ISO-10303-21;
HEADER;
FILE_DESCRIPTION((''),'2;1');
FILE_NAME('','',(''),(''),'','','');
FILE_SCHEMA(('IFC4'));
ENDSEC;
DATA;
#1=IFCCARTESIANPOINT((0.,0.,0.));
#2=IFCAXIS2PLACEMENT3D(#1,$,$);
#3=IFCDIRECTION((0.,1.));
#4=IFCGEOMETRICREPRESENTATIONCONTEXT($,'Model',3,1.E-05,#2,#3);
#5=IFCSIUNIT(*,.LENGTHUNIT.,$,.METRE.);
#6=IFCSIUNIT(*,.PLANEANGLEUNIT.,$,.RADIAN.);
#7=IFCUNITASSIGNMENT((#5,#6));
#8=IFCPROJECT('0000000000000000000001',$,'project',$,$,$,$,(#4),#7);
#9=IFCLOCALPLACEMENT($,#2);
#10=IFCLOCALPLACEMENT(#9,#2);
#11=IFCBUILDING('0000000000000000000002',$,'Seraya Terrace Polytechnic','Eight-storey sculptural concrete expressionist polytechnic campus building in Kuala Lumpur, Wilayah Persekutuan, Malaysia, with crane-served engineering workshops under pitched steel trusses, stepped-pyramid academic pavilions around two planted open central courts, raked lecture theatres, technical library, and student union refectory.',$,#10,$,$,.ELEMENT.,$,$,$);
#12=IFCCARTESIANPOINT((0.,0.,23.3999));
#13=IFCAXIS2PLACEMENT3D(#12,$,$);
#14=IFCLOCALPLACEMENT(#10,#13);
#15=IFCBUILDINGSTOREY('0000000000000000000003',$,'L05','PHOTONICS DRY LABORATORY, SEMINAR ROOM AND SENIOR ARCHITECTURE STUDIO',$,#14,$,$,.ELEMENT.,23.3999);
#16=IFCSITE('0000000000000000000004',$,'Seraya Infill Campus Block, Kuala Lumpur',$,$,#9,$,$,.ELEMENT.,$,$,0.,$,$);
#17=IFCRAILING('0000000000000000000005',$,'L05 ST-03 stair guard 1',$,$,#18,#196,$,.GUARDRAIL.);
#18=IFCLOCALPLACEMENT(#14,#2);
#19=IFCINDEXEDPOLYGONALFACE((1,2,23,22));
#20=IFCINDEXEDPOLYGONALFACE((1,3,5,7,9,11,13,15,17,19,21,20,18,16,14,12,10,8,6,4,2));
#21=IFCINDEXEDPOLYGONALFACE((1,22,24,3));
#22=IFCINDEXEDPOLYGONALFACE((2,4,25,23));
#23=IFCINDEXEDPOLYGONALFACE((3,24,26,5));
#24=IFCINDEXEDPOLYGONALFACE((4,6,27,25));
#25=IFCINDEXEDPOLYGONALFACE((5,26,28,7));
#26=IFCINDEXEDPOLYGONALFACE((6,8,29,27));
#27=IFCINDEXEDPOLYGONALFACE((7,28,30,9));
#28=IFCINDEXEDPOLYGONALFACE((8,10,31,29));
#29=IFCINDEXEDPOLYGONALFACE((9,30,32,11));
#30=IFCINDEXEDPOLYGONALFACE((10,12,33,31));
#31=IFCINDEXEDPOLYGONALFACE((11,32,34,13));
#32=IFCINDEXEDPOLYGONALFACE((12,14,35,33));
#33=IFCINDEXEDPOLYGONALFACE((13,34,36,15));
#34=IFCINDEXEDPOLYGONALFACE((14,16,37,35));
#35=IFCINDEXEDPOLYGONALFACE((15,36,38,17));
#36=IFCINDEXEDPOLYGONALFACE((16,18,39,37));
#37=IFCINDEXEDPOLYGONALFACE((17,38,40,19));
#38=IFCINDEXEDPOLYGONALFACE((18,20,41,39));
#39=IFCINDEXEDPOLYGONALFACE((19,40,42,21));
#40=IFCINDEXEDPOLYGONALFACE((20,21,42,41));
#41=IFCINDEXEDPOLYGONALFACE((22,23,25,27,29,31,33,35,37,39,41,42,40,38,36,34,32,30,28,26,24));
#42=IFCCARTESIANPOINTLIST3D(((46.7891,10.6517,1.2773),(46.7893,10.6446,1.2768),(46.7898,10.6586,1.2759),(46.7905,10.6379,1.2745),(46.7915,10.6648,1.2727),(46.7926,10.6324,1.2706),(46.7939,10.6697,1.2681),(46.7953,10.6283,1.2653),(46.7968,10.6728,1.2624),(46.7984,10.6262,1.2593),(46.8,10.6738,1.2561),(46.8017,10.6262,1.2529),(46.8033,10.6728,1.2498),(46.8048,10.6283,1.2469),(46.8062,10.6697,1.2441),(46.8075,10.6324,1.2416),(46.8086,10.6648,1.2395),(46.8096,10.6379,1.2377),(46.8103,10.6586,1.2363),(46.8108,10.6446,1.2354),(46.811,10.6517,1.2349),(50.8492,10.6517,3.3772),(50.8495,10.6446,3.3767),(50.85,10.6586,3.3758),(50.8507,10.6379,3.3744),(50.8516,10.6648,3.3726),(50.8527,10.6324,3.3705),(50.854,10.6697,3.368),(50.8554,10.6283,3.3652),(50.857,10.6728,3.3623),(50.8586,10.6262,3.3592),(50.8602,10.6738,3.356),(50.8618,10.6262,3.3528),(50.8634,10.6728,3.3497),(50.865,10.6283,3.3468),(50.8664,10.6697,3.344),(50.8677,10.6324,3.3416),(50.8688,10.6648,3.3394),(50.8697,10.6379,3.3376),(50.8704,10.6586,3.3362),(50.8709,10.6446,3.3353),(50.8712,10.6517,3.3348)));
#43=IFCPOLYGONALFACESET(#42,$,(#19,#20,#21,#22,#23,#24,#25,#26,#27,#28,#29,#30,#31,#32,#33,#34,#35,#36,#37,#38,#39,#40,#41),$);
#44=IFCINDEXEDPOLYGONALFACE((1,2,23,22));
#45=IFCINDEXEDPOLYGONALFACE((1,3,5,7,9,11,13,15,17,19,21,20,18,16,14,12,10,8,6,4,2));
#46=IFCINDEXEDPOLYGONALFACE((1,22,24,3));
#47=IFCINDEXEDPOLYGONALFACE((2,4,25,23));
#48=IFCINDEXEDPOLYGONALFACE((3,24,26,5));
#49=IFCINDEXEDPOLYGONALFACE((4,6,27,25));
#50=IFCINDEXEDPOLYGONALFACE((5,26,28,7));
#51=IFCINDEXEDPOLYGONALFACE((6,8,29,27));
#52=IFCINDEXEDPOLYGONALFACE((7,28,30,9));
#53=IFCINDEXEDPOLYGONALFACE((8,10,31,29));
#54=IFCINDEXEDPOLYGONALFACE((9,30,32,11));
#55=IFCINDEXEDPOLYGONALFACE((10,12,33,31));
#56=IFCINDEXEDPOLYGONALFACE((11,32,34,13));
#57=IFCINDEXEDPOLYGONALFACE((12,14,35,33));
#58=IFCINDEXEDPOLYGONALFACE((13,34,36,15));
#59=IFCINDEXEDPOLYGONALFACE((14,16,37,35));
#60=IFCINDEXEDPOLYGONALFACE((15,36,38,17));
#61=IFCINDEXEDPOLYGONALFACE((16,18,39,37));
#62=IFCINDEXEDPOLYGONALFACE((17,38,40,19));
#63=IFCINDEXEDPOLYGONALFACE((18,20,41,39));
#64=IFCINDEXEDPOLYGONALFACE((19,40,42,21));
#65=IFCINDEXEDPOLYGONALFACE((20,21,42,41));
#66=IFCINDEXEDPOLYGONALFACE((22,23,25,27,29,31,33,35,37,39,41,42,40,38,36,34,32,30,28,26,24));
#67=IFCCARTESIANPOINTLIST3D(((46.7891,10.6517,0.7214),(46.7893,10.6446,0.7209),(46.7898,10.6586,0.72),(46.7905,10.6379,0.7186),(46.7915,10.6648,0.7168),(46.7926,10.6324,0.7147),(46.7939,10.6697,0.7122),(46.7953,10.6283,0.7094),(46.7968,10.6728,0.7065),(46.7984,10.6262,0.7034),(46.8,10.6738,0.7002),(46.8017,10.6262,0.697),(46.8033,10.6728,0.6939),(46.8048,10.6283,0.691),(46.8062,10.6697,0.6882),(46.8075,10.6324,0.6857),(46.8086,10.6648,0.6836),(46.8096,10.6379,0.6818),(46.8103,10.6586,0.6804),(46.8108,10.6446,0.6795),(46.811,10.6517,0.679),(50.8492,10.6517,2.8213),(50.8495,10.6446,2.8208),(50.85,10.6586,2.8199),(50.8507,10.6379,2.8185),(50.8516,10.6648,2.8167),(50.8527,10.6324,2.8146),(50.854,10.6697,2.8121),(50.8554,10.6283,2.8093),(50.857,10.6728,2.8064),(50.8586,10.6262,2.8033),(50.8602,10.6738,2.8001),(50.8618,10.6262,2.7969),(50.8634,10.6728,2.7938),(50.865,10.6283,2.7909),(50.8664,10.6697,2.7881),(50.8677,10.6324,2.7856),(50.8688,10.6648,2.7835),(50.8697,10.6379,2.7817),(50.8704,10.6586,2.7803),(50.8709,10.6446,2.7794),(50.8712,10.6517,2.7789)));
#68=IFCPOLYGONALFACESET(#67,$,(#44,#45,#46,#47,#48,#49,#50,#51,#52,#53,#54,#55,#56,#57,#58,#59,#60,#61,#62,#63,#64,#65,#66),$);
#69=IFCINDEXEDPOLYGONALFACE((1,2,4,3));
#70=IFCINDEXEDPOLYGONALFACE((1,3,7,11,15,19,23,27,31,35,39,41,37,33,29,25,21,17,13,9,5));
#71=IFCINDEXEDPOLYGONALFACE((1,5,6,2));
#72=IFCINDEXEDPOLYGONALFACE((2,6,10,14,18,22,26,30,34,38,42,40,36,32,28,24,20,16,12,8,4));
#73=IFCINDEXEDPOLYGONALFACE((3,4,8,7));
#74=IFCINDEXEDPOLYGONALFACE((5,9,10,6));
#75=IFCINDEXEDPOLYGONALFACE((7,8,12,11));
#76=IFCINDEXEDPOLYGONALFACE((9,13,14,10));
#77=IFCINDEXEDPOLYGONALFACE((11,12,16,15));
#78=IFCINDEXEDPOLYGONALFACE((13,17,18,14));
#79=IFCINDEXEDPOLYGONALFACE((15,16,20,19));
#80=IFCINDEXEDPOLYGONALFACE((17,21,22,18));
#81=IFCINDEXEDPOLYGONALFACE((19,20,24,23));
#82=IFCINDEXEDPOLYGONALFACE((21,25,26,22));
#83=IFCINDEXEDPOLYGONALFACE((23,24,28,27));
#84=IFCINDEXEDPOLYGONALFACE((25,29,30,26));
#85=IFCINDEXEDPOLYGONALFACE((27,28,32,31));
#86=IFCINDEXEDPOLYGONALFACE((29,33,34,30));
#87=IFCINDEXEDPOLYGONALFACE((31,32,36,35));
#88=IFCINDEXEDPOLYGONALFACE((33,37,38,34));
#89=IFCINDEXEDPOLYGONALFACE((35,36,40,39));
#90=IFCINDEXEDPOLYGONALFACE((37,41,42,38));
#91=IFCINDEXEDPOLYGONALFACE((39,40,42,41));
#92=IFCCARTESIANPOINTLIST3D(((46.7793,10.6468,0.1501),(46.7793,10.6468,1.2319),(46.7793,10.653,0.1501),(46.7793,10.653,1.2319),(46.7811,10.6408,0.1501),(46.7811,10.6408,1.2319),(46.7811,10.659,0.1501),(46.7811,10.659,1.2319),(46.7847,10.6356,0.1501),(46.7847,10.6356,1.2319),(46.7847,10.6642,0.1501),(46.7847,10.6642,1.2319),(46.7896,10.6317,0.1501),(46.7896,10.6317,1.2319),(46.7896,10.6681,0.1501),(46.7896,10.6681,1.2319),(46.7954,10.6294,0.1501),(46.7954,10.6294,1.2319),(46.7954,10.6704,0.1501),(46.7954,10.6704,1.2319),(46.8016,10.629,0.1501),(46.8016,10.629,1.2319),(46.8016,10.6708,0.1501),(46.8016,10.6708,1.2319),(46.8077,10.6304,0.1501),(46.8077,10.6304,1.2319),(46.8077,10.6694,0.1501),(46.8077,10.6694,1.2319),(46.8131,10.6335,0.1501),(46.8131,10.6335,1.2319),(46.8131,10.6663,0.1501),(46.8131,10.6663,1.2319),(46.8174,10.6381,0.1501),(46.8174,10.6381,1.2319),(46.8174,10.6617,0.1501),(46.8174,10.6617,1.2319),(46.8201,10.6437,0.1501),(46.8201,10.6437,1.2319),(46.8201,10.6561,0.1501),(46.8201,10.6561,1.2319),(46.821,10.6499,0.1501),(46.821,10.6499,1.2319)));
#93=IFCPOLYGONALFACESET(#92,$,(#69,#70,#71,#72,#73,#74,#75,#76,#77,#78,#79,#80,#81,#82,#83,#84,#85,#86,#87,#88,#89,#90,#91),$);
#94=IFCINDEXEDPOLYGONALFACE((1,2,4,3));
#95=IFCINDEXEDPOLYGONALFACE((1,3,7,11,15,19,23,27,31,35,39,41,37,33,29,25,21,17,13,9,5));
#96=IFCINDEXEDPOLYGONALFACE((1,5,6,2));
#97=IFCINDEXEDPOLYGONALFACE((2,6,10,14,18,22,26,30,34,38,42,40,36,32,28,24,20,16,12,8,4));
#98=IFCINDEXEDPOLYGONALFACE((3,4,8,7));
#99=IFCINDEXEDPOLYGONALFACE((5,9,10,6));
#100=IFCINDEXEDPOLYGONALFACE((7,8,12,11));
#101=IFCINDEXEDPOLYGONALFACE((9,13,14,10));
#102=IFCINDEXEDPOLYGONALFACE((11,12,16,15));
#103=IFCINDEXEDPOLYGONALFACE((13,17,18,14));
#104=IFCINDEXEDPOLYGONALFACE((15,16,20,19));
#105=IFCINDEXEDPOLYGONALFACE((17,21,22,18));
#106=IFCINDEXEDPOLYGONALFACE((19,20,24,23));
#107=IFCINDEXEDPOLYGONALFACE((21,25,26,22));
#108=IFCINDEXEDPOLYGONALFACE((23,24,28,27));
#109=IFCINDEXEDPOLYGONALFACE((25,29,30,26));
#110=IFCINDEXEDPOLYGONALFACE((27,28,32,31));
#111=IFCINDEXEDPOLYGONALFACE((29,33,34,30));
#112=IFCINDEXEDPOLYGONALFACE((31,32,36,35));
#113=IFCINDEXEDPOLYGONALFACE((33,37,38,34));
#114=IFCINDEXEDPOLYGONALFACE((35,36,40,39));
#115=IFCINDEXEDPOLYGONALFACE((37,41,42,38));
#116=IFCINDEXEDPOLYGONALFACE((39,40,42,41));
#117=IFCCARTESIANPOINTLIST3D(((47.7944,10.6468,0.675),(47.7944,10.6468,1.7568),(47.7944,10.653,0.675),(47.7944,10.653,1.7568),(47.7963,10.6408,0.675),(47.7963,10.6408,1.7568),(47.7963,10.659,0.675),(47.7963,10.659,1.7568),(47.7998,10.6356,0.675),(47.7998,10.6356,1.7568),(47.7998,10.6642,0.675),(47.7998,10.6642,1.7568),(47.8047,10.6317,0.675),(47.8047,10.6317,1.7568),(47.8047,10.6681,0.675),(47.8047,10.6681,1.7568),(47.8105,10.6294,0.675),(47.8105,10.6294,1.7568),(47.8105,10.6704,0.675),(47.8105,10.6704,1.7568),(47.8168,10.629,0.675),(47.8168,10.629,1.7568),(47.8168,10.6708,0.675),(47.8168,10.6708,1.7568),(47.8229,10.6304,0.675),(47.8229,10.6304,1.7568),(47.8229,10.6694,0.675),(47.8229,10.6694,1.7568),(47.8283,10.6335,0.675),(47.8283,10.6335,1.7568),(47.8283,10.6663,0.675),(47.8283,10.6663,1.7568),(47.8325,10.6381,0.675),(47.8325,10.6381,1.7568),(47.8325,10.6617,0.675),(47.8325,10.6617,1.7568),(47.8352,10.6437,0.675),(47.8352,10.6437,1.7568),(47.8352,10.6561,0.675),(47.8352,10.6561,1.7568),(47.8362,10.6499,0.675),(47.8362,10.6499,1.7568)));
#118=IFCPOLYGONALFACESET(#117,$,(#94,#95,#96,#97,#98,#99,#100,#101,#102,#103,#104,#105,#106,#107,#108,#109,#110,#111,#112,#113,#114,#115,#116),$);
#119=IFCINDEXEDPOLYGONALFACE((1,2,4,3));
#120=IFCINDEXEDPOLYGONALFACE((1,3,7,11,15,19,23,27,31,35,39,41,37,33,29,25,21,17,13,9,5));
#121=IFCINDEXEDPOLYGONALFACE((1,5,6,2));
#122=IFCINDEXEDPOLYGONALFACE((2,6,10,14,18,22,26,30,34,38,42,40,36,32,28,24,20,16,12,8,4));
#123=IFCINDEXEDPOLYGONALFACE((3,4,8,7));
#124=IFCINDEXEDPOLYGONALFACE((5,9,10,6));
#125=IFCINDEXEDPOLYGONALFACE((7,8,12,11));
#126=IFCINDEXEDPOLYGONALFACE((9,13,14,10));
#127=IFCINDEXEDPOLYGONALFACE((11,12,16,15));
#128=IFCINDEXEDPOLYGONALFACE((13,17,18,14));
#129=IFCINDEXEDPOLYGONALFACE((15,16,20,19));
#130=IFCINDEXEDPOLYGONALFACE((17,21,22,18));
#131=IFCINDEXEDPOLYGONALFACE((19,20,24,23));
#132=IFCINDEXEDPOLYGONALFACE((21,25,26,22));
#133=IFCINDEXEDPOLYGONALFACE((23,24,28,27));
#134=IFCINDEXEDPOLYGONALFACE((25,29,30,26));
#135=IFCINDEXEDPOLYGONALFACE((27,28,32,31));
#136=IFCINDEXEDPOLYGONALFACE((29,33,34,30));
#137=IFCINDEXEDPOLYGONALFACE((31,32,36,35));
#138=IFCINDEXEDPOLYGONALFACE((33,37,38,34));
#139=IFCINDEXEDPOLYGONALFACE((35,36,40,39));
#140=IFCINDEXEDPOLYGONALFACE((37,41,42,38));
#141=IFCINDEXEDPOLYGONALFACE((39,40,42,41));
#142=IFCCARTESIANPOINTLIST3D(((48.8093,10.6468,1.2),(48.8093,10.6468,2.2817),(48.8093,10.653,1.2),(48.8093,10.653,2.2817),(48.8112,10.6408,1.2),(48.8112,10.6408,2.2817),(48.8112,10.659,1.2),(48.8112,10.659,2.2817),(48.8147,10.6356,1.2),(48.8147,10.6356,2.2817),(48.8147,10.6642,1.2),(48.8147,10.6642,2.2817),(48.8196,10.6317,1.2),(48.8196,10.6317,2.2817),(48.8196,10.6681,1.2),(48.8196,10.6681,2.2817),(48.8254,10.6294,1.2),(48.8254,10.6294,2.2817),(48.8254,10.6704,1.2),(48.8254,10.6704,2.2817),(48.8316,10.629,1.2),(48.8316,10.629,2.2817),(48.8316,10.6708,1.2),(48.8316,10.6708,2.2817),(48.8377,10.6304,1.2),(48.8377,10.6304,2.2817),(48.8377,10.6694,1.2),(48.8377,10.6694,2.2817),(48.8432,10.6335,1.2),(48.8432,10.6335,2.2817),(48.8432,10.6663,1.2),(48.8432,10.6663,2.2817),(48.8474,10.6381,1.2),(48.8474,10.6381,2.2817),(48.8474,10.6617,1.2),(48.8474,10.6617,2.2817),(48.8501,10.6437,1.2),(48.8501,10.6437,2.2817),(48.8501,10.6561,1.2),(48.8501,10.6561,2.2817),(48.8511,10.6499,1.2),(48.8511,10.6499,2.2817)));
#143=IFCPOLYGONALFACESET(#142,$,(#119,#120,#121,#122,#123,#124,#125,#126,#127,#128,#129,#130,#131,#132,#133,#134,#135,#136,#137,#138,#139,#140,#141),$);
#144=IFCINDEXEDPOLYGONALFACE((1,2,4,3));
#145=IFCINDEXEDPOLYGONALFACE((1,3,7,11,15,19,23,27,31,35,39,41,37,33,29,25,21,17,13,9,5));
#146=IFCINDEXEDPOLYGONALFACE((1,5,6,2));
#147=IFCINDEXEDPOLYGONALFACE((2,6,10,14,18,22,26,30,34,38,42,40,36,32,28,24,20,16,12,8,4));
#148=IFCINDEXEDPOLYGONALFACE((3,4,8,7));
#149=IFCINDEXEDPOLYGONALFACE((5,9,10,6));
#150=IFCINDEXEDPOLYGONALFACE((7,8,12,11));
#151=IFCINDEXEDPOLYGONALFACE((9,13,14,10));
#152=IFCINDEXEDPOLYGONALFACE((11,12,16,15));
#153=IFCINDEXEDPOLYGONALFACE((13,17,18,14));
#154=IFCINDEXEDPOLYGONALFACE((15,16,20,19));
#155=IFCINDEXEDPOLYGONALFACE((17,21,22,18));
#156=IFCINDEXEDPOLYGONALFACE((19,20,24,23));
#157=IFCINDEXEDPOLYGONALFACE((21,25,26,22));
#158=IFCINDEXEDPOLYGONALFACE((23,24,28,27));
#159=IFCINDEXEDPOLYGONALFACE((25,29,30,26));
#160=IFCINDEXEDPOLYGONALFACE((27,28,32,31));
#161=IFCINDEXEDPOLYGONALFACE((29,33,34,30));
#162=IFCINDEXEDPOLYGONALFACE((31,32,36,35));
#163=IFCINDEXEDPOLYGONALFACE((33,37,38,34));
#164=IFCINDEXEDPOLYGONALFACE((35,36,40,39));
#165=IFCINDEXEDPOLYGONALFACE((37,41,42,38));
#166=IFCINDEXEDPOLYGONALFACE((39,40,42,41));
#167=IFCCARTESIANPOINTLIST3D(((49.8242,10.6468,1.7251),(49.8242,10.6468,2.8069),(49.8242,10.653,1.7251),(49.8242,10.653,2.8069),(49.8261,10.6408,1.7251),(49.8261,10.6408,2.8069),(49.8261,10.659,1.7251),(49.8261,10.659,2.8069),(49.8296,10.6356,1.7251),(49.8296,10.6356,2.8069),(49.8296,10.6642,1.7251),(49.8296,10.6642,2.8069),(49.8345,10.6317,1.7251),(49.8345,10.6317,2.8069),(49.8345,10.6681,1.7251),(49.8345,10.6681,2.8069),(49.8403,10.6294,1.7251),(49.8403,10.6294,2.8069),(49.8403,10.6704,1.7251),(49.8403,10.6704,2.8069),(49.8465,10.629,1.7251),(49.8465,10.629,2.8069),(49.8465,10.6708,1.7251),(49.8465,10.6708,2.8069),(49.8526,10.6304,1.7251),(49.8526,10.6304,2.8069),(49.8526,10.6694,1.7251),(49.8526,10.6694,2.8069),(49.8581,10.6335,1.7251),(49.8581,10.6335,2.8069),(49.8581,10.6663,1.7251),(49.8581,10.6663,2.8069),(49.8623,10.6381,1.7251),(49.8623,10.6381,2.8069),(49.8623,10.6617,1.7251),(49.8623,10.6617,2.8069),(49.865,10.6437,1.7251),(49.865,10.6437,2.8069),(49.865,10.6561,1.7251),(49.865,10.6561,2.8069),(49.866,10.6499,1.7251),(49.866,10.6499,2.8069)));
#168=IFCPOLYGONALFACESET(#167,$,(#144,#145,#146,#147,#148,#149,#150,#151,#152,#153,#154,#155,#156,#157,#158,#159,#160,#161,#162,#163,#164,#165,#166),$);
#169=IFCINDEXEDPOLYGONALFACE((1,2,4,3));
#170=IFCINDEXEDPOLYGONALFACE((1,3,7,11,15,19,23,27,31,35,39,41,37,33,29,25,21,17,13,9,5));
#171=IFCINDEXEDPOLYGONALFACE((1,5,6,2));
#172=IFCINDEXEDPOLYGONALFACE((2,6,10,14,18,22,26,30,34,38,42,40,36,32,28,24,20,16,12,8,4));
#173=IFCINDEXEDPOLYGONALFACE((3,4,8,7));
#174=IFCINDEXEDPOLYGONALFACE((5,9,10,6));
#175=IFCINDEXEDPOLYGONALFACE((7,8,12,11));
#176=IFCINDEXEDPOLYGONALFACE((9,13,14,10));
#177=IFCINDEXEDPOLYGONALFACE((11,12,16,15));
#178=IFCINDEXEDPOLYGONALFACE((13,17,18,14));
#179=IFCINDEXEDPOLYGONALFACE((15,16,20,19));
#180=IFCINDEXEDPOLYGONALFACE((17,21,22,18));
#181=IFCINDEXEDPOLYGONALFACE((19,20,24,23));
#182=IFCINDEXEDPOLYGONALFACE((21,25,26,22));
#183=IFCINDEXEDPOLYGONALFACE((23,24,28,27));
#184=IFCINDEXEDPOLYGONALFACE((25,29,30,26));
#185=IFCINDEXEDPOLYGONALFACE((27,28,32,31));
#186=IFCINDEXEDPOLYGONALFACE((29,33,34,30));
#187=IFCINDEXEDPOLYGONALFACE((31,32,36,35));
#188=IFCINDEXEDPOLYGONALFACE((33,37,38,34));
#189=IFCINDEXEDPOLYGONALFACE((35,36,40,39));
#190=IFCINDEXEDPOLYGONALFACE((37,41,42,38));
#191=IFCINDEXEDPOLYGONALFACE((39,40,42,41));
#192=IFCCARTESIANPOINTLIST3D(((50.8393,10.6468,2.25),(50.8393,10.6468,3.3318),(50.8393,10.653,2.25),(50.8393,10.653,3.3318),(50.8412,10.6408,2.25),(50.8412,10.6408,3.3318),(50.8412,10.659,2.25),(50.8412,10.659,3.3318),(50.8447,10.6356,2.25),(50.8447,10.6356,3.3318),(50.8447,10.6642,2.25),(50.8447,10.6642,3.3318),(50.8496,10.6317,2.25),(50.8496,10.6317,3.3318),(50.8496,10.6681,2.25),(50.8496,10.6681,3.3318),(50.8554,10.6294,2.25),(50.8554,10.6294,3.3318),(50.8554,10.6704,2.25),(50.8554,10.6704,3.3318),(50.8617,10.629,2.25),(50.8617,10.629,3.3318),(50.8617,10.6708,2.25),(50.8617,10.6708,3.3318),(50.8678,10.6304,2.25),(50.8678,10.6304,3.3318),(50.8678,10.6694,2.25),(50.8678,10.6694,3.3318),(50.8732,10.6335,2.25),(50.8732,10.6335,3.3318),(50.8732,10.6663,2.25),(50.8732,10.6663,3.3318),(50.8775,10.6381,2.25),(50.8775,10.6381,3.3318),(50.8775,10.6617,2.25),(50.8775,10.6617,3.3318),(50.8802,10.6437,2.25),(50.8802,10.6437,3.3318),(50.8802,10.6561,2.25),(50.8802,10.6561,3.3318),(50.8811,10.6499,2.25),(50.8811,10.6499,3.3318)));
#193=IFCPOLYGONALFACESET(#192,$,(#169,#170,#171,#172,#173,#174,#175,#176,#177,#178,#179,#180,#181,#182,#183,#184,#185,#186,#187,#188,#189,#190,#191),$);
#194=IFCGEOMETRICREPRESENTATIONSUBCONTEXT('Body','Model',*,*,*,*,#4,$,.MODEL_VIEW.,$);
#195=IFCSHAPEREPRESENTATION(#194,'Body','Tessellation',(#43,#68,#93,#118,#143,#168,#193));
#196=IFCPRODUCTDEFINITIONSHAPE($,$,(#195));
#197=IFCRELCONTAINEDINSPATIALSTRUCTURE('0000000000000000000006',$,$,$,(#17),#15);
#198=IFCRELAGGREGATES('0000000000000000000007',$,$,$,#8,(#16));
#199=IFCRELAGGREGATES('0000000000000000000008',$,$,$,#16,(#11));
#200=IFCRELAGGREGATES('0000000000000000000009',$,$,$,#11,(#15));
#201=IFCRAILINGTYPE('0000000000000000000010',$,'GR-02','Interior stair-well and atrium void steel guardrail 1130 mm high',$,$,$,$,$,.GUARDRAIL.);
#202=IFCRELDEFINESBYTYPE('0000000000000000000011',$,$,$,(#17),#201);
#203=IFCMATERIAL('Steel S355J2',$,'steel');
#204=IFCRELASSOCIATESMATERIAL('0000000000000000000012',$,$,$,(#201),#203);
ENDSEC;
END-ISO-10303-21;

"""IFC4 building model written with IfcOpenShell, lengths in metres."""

from ifc_helpers import new_model, si_unit, direction, frame, origin, origin_2d, place, context, subcontext, project, spatial, circle, extrude, material, type_object, element, save


model = new_model("IFC4")

# Units and contexts
model_context = context("Model", 3, precision=1e-05, world=origin(), true_north=direction((0.0, 1.0)))
body_context = subcontext(model_context, "Body", "Model", "MODEL_VIEW")
ifc_project = project(units=[si_unit("LENGTHUNIT", "METRE"), si_unit("PLANEANGLEUNIT", "RADIAN")], contexts=[model_context])

# Site, building, storey
site_placement = place(None, origin())
site = spatial("IfcSite", under=ifc_project, at=site_placement, Name="Seraya Infill Campus Block, Kuala Lumpur", CompositionType="ELEMENT", RefElevation=0.0)
building_placement = place(site_placement, origin())
building = spatial("IfcBuilding", under=site, at=building_placement, Name="Seraya Terrace Polytechnic", Description="Eight-storey sculptural concrete expressionist polytechnic campus building in Kuala Lumpur, Wilayah Persekutuan, Malaysia, with crane-served engineering workshops under pitched steel trusses, stepped-pyramid academic pavilions around two planted open central courts, raked lecture theatres, technical library, and student union refectory.", CompositionType="ELEMENT")
storey_placement = place(building_placement, frame((0.0, 0.0, 23.3999)))
storey = spatial("IfcBuildingStorey", under=building, at=storey_placement, Name="L05", Description="PHOTONICS DRY LABORATORY, SEMINAR ROOM AND SENIOR ARCHITECTURE STUDIO", CompositionType="ELEMENT", Elevation=23.3999)

# Shared definitions
ifc_material_1 = material(Name="Steel S355J2", Category="steel")

# Railing
railing_type_1 = type_object("IfcRailingType", Name="GR-02", Description="Interior stair-well and atrium void steel guardrail 1130 mm high", PredefinedType="GUARDRAIL", material=ifc_material_1)
railing_1_placement = place(storey_placement, frame((46.8, 10.6499, 0.1501)))
element("IfcRailing", 1, at=railing_1_placement, inside=storey, type_object=railing_type_1, Name="L05 ST-03 stair guard 1", PredefinedType="GUARDRAIL", context=body_context, shape_type="SweptSolid", body=[
    extrude(circle(Radius=0.0239, at=origin_2d()), frame((0.0, 0.0, 1.106), z_axis=(0.888233, 0.0, 0.459392), x_axis=(0.0, 1.0, 0.0)), (0.0, 0.0, 1.0), 4.571),
    extrude(circle(Radius=0.0239, at=origin_2d()), frame((0.0, 0.0, 0.55), z_axis=(0.888233, 0.0, 0.459392), x_axis=(0.0, 1.0, 0.0)), (0.0, 0.0, 1.0), 4.571),
    extrude(circle(Radius=0.021, at=origin_2d()), origin(), (0.0, 0.0, 1.0), 1.0818),
    extrude(circle(Radius=0.021, at=origin_2d()), frame((1.0151, 0.0, 0.5249)), (0.0, 0.0, 1.0), 1.0818),
    extrude(circle(Radius=0.021, at=origin_2d()), frame((2.03, 0.0, 1.0498)), (0.0, 0.0, 1.0), 1.0818),
    extrude(circle(Radius=0.021, at=origin_2d()), frame((3.0449, 0.0, 1.575)), (0.0, 0.0, 1.0), 1.0818),
    extrude(circle(Radius=0.021, at=origin_2d()), frame((4.0601, 0.0, 2.0999)), (0.0, 0.0, 1.0), 1.0818),
])

save(model, "model.ifc")
